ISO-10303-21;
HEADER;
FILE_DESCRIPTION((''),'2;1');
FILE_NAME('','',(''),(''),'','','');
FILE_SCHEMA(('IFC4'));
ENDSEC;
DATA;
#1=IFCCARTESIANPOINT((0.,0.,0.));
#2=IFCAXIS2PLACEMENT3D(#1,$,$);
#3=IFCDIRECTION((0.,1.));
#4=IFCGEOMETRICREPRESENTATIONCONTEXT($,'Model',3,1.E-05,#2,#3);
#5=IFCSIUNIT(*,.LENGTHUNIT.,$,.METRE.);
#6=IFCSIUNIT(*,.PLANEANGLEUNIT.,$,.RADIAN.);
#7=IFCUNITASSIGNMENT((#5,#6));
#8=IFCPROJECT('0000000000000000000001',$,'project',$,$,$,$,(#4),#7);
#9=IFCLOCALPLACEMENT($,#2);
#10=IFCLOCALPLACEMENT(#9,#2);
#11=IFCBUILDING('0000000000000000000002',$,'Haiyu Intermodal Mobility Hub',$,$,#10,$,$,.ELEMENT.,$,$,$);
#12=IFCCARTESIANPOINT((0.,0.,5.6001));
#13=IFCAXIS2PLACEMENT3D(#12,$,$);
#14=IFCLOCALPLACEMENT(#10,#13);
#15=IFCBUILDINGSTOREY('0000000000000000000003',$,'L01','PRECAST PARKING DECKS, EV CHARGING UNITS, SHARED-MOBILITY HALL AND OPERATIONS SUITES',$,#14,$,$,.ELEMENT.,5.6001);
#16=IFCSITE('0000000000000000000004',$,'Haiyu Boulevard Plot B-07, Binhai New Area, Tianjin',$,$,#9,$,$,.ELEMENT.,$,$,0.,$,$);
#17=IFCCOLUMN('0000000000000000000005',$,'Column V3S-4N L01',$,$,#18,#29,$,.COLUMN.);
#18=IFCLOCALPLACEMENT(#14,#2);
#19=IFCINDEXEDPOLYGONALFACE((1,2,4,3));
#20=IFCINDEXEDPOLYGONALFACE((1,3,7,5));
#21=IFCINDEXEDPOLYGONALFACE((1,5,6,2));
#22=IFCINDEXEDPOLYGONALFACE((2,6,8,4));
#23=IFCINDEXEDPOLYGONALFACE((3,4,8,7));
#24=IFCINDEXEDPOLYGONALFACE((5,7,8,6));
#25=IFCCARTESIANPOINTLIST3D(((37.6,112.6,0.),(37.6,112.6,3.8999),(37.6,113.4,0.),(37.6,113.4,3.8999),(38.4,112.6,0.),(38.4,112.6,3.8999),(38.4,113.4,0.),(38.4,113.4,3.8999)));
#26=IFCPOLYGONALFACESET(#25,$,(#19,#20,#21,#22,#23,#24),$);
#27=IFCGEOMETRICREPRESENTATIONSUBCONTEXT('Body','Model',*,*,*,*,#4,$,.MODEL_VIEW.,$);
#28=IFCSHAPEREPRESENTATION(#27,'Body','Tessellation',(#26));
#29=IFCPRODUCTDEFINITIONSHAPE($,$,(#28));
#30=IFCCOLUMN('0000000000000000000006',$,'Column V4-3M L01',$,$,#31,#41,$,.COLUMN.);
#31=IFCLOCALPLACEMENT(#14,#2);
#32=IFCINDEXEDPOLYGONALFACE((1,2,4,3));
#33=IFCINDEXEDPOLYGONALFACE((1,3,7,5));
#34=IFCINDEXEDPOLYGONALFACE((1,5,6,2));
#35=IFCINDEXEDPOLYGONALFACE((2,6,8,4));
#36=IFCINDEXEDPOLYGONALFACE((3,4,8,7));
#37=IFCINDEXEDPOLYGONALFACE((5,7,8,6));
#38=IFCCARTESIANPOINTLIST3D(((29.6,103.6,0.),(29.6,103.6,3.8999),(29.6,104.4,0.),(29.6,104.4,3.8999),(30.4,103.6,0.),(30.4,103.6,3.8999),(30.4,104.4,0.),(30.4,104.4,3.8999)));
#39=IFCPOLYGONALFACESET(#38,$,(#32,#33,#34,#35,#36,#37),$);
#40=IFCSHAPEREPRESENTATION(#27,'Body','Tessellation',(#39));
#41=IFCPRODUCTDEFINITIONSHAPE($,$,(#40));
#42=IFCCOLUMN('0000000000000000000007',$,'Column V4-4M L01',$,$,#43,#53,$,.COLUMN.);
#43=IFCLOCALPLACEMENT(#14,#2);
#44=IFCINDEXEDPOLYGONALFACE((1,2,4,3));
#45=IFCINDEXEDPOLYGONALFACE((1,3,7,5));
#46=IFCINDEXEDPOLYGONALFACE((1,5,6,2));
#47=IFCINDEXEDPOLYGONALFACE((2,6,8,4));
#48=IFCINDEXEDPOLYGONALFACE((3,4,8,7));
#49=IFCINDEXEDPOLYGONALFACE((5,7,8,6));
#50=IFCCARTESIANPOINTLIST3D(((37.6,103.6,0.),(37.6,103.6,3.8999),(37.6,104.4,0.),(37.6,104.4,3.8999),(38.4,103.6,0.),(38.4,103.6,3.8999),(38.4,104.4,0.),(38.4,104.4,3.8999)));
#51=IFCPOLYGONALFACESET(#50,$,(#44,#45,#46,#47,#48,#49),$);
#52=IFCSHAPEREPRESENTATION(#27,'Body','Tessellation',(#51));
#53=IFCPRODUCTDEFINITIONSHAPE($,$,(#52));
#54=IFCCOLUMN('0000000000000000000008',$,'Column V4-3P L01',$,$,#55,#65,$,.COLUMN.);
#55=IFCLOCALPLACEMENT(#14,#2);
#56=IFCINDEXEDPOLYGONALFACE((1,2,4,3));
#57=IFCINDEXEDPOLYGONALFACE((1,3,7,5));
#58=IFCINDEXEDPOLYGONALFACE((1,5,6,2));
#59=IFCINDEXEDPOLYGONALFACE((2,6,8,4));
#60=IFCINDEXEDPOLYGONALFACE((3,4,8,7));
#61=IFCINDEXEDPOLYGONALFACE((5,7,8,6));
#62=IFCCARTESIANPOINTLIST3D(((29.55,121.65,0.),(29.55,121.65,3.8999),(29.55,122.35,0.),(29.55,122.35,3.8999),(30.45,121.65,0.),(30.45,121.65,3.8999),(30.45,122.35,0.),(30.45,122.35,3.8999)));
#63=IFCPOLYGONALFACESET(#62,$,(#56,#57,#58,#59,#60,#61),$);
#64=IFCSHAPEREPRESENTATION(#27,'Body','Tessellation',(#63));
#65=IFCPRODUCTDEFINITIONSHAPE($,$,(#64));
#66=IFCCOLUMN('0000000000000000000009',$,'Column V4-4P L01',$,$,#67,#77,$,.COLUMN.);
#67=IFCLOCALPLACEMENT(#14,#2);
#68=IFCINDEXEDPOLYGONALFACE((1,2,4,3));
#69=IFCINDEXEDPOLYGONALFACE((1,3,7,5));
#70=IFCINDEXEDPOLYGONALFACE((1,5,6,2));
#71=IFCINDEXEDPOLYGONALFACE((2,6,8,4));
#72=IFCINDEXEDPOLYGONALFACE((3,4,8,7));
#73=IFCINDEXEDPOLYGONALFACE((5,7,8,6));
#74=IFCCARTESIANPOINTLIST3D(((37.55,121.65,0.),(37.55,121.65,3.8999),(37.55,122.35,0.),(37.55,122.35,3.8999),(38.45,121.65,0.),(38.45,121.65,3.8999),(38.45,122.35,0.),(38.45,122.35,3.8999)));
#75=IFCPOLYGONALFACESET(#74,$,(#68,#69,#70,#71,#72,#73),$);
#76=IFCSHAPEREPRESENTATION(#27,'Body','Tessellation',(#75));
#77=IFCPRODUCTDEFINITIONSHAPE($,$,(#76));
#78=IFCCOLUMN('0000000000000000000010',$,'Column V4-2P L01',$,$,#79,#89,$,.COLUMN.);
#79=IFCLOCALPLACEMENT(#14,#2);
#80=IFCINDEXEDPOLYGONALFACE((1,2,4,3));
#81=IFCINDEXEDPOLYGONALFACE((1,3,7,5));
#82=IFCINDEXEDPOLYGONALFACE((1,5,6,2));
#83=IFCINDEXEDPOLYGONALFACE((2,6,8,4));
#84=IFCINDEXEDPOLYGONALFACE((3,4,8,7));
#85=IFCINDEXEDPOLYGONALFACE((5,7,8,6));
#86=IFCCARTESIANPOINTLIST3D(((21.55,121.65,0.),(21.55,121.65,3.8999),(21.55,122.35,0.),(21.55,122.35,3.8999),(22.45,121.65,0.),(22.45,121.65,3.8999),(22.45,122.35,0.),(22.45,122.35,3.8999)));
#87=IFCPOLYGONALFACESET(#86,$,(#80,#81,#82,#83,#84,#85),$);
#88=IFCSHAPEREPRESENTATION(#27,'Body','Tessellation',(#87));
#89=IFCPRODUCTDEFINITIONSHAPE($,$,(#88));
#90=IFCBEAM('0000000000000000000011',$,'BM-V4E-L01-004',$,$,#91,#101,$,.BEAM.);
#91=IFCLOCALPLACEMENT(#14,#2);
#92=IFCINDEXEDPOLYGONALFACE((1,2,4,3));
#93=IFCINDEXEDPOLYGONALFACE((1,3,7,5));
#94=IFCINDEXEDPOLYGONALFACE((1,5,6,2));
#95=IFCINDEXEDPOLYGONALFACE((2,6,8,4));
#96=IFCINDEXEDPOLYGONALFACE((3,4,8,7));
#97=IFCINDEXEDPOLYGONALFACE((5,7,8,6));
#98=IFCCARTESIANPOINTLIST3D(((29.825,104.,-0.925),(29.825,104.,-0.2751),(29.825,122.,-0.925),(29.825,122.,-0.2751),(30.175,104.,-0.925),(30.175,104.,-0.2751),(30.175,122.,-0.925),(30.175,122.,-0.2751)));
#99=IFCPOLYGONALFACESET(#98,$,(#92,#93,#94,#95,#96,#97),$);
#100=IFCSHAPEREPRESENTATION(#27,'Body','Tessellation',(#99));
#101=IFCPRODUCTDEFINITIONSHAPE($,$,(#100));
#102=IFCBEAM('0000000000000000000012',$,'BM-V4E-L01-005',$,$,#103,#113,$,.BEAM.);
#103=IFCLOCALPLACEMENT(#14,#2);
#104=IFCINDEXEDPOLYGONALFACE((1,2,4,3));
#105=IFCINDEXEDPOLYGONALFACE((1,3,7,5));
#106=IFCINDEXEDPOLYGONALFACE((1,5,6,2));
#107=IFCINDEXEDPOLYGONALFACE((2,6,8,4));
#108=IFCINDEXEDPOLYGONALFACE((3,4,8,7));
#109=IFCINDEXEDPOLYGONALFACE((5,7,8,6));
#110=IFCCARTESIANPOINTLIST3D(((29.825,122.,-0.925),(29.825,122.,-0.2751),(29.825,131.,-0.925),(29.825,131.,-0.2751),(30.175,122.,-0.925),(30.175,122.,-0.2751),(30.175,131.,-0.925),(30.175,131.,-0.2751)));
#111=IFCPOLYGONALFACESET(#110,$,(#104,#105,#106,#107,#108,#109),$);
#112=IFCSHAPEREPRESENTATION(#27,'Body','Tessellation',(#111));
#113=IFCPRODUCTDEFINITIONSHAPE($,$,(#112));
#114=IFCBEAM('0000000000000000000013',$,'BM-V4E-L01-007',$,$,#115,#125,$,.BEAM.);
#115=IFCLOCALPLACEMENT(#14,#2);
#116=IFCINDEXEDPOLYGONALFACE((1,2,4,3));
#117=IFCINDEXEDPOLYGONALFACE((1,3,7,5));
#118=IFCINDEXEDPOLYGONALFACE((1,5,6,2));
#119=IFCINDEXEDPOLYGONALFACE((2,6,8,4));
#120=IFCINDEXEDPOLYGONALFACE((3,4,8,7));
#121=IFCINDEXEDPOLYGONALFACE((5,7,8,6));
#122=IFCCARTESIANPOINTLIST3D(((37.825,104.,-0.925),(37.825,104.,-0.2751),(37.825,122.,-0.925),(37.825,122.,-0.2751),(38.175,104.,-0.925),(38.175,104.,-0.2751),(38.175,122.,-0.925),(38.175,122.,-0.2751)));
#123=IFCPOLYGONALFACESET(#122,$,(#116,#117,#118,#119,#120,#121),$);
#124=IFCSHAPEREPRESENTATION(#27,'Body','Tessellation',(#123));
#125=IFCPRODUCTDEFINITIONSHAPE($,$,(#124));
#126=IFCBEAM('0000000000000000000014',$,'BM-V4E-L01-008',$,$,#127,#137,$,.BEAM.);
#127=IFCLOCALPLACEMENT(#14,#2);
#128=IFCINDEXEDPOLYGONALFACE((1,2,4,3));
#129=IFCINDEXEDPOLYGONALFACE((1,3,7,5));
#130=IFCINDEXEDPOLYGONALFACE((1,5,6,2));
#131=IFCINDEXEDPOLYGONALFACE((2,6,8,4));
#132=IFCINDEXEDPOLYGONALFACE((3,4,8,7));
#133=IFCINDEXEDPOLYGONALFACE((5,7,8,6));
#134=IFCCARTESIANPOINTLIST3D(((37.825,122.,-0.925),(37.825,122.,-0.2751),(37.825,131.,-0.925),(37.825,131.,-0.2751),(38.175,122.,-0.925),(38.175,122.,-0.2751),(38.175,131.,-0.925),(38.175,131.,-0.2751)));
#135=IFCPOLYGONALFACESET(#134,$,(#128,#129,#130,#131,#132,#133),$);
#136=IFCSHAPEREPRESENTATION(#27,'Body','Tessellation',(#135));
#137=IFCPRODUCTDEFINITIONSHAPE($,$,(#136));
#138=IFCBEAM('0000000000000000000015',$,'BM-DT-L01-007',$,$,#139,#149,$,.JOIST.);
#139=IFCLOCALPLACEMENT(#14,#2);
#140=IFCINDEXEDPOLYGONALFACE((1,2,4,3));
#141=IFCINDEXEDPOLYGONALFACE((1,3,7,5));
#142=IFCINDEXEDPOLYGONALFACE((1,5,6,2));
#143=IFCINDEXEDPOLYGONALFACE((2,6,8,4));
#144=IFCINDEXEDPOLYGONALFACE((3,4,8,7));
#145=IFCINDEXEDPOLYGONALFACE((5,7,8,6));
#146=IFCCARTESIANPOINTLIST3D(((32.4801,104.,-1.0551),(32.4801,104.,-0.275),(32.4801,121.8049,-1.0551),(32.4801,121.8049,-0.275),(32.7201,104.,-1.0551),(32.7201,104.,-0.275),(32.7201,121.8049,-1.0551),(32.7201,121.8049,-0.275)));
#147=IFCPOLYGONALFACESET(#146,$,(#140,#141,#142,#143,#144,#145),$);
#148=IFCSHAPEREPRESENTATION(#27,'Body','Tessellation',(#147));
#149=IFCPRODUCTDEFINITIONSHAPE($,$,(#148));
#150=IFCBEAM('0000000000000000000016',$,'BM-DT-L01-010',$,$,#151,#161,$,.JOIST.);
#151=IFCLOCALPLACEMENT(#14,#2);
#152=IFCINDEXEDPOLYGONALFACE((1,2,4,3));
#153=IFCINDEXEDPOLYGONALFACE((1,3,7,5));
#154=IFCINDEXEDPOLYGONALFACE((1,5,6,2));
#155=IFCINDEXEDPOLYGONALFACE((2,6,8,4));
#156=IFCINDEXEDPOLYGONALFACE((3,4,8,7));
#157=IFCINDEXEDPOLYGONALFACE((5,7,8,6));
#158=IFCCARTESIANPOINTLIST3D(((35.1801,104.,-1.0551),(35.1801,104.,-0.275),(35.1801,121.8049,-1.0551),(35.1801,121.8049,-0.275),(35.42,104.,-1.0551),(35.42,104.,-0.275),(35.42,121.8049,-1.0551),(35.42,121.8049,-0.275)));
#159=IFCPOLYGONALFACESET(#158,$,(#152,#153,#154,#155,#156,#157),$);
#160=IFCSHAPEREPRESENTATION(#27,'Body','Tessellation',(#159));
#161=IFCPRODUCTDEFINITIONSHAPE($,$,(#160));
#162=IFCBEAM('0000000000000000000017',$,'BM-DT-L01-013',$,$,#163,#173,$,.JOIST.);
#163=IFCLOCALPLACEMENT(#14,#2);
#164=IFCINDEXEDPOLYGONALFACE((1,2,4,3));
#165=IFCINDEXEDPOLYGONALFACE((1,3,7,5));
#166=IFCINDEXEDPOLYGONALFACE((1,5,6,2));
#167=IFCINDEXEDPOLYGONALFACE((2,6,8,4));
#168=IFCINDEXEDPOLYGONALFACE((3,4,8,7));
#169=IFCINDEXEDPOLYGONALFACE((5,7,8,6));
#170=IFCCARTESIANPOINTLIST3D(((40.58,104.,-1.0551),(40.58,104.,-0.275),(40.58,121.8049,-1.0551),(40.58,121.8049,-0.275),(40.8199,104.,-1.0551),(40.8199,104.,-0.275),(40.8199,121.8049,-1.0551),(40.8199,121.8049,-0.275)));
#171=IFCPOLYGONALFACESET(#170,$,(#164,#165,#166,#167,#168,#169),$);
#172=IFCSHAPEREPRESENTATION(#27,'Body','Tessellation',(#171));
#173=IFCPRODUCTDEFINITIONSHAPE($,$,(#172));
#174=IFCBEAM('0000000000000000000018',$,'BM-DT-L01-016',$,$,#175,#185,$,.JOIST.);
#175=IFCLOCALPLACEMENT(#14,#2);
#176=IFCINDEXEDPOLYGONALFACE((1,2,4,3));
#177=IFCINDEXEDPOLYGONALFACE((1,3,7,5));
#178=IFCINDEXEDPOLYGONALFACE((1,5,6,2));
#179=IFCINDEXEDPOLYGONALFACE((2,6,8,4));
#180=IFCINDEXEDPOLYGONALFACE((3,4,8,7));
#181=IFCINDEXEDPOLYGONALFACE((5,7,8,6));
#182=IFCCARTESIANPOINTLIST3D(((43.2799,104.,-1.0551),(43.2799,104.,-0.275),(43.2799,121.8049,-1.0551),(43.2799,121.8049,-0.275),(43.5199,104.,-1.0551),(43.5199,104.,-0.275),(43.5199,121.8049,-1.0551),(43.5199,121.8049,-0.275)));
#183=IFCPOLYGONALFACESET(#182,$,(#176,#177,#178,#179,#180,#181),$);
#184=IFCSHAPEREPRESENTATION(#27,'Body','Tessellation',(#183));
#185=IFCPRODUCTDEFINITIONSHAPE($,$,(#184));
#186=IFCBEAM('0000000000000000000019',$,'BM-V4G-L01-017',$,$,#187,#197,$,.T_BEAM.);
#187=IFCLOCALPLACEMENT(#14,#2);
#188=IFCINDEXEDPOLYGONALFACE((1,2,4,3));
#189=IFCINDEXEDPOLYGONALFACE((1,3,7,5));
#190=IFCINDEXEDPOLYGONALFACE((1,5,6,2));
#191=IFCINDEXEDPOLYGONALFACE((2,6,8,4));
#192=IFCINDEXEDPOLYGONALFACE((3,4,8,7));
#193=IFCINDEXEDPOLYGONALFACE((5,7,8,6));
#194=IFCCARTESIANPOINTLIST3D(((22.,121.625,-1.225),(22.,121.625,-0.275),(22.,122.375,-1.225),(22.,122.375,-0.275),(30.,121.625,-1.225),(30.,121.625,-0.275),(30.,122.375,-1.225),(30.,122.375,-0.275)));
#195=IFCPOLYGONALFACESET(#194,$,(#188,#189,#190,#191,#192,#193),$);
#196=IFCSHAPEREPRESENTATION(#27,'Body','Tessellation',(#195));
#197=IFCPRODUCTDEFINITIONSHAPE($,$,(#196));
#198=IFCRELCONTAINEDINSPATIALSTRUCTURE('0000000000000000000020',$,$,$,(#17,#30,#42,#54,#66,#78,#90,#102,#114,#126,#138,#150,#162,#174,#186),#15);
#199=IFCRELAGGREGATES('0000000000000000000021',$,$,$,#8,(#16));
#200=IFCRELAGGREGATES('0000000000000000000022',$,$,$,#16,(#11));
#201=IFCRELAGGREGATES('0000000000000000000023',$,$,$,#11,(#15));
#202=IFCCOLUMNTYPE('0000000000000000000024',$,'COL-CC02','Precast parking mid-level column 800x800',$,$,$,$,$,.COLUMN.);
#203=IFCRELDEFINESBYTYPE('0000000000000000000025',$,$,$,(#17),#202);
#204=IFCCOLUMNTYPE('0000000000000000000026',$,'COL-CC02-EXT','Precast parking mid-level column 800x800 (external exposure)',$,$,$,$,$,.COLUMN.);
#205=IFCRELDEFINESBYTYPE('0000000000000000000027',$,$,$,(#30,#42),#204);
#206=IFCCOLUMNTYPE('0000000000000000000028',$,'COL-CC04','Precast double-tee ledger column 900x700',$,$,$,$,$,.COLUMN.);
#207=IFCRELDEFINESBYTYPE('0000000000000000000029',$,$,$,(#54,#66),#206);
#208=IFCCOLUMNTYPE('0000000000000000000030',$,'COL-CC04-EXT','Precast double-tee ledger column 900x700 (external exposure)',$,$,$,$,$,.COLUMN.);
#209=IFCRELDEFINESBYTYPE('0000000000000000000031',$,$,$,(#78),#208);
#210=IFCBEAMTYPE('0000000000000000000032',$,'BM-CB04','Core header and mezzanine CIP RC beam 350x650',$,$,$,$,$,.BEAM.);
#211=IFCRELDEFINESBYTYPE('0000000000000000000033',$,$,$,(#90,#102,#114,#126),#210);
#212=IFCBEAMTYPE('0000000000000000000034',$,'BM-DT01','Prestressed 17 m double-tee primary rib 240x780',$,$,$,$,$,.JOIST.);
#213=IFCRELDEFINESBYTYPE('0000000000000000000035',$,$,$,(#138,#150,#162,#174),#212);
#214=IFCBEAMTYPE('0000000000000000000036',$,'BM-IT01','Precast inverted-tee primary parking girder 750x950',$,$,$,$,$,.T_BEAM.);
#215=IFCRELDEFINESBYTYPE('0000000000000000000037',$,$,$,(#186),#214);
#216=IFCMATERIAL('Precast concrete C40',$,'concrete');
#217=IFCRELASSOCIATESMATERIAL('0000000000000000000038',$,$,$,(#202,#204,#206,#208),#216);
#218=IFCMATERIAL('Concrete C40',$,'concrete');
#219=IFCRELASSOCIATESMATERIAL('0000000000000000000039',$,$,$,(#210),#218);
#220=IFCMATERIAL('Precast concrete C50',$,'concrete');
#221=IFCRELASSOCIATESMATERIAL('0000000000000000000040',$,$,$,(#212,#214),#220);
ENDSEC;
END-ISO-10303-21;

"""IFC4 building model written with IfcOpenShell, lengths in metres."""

from ifc_helpers import new_model, si_unit, direction, frame, origin, origin_2d, place, context, subcontext, project, spatial, rectangle, extrude, material, material_profile, profile_set, type_object, element, save


model = new_model("IFC4")

# Units and contexts
model_context = context("Model", 3, precision=1e-05, world=origin(), true_north=direction((0.0, 1.0)))
body_context = subcontext(model_context, "Body", "Model", "MODEL_VIEW")
ifc_project = project(units=[si_unit("LENGTHUNIT", "METRE"), si_unit("PLANEANGLEUNIT", "RADIAN")], contexts=[model_context])

# Site, building, storey
site_placement = place(None, origin())
site = spatial("IfcSite", under=ifc_project, at=site_placement, Name="Haiyu Boulevard Plot B-07, Binhai New Area, Tianjin", CompositionType="ELEMENT", RefElevation=0.0)
building_placement = place(site_placement, origin())
building = spatial("IfcBuilding", under=site, at=building_placement, Name="Haiyu Intermodal Mobility Hub", CompositionType="ELEMENT")
storey_placement = place(building_placement, frame((0.0, 0.0, 5.6001)))
storey = spatial("IfcBuildingStorey", under=building, at=storey_placement, Name="L01", Description="PRECAST PARKING DECKS, EV CHARGING UNITS, SHARED-MOBILITY HALL AND OPERATIONS SUITES", CompositionType="ELEMENT", Elevation=5.6001)

# Columns
ifc_material_1 = material(Name="Precast concrete C40", Category="concrete")
ifc_material_profile_1 = material_profile(ifc_material_1, rectangle(XDim=0.8, YDim=0.8, at=origin_2d()), Name="RC800x800")
ifc_profile_set_1 = profile_set([ifc_material_profile_1], Name="Precast concrete C40")
column_type_1 = type_object("IfcColumnType", Name="COL-CC02", Description="Precast parking mid-level column 800x800", PredefinedType="COLUMN", material=ifc_profile_set_1)
column_1_placement = place(storey_placement, frame((38.0, 113.0, 0.0), z_axis=(0.0, 0.0, 1.0), x_axis=(1.0, 0.0, 0.0)))
element("IfcColumn", 1, at=column_1_placement, inside=storey, type_object=column_type_1, Name="Column V3S-4N L01", PredefinedType="COLUMN", context=body_context, shape_type="SweptSolid", body=[
    extrude(rectangle(XDim=0.8, YDim=0.8, at=origin_2d()), origin(), (0.0, 0.0, 1.0), 3.8999),
])
ifc_material_profile_2 = material_profile(ifc_material_1, rectangle(XDim=0.8, YDim=0.8, at=origin_2d()), Name="RC800x800")
ifc_profile_set_2 = profile_set([ifc_material_profile_2], Name="Precast concrete C40")
column_type_2 = type_object("IfcColumnType", Name="COL-CC02-EXT", Description="Precast parking mid-level column 800x800 (external exposure)", PredefinedType="COLUMN", material=ifc_profile_set_2)
for number, where, z_axis, x_axis, name in (
    (2, (30.0, 104.0, 0.0), (0.0, 0.0, 1.0), (1.0, 0.0, 0.0), "Column V4-3M L01"),
    (3, (38.0, 104.0, 0.0), (0.0, 0.0, 1.0), (1.0, 0.0, 0.0), "Column V4-4M L01"),
):
    element("IfcColumn", number, at=place(storey_placement, frame(where, z_axis=z_axis, x_axis=x_axis)), inside=storey, type_object=column_type_2, Name=name, PredefinedType="COLUMN", context=body_context, shape_type="SweptSolid", body=[
        extrude(rectangle(XDim=0.8, YDim=0.8, at=origin_2d()), origin(), (0.0, 0.0, 1.0), 3.8999),
    ])
ifc_material_profile_3 = material_profile(ifc_material_1, rectangle(XDim=0.8999, YDim=0.7, at=origin_2d()), Name="RC900x700")
ifc_profile_set_3 = profile_set([ifc_material_profile_3], Name="Precast concrete C40")
column_type_3 = type_object("IfcColumnType", Name="COL-CC04", Description="Precast double-tee ledger column 900x700", PredefinedType="COLUMN", material=ifc_profile_set_3)
for number, where, z_axis, x_axis, name in (
    (4, (30.0, 122.0, 0.0), (0.0, 0.0, 1.0), (1.0, 0.0, 0.0), "Column V4-3P L01"),
    (5, (38.0, 122.0, 0.0), (0.0, 0.0, 1.0), (1.0, 0.0, 0.0), "Column V4-4P L01"),
):
    element("IfcColumn", number, at=place(storey_placement, frame(where, z_axis=z_axis, x_axis=x_axis)), inside=storey, type_object=column_type_3, Name=name, PredefinedType="COLUMN", context=body_context, shape_type="SweptSolid", body=[
        extrude(rectangle(XDim=0.8999, YDim=0.7, at=origin_2d()), origin(), (0.0, 0.0, 1.0), 3.8999),
    ])
ifc_material_profile_4 = material_profile(ifc_material_1, rectangle(XDim=0.8999, YDim=0.7, at=origin_2d()), Name="RC900x700")
ifc_profile_set_4 = profile_set([ifc_material_profile_4], Name="Precast concrete C40")
column_type_4 = type_object("IfcColumnType", Name="COL-CC04-EXT", Description="Precast double-tee ledger column 900x700 (external exposure)", PredefinedType="COLUMN", material=ifc_profile_set_4)
column_2_placement = place(storey_placement, frame((22.0, 122.0, 0.0), z_axis=(0.0, 0.0, 1.0), x_axis=(1.0, 0.0, 0.0)))
element("IfcColumn", 6, at=column_2_placement, inside=storey, type_object=column_type_4, Name="Column V4-2P L01", PredefinedType="COLUMN", context=body_context, shape_type="SweptSolid", body=[
    extrude(rectangle(XDim=0.8999, YDim=0.7, at=origin_2d()), origin(), (0.0, 0.0, 1.0), 3.8999),
])

# Beams
ifc_material_2 = material(Name="Concrete C40", Category="concrete")
ifc_material_profile_5 = material_profile(ifc_material_2, rectangle(XDim=0.3501, YDim=0.6499, at=origin_2d()), Name="RCB350x650")
ifc_profile_set_5 = profile_set([ifc_material_profile_5], Name="Concrete C40")
beam_type_1 = type_object("IfcBeamType", Name="BM-CB04", Description="Core header and mezzanine CIP RC beam 350x650", PredefinedType="BEAM", material=ifc_profile_set_5)
beam_1_placement = place(storey_placement, frame((30.0, 104.0, -0.6001), z_axis=(0.0, 1.0, 0.0), x_axis=(-1.0, 0.0, 0.0)))
element("IfcBeam", 7, at=beam_1_placement, inside=storey, type_object=beam_type_1, Name="BM-V4E-L01-004", PredefinedType="BEAM", context=body_context, shape_type="SweptSolid", body=[
    extrude(rectangle(XDim=0.3501, YDim=0.6499, at=origin_2d()), origin(), (0.0, 0.0, 1.0), 18.0),
])
beam_2_placement = place(storey_placement, frame((30.0, 122.0, -0.6001), z_axis=(0.0, 1.0, 0.0), x_axis=(-1.0, 0.0, 0.0)))
element("IfcBeam", 8, at=beam_2_placement, inside=storey, type_object=beam_type_1, Name="BM-V4E-L01-005", PredefinedType="BEAM", context=body_context, shape_type="SweptSolid", body=[
    extrude(rectangle(XDim=0.3501, YDim=0.6499, at=origin_2d()), origin(), (0.0, 0.0, 1.0), 9.0),
])
beam_3_placement = place(storey_placement, frame((38.0, 104.0, -0.6001), z_axis=(0.0, 1.0, 0.0), x_axis=(-1.0, 0.0, 0.0)))
element("IfcBeam", 9, at=beam_3_placement, inside=storey, type_object=beam_type_1, Name="BM-V4E-L01-007", PredefinedType="BEAM", context=body_context, shape_type="SweptSolid", body=[
    extrude(rectangle(XDim=0.3501, YDim=0.6499, at=origin_2d()), origin(), (0.0, 0.0, 1.0), 18.0),
])
beam_4_placement = place(storey_placement, frame((38.0, 122.0, -0.6001), z_axis=(0.0, 1.0, 0.0), x_axis=(-1.0, 0.0, 0.0)))
element("IfcBeam", 10, at=beam_4_placement, inside=storey, type_object=beam_type_1, Name="BM-V4E-L01-008", PredefinedType="BEAM", context=body_context, shape_type="SweptSolid", body=[
    extrude(rectangle(XDim=0.3501, YDim=0.6499, at=origin_2d()), origin(), (0.0, 0.0, 1.0), 9.0),
])
ifc_material_3 = material(Name="Precast concrete C50", Category="concrete")
ifc_material_profile_6 = material_profile(ifc_material_3, rectangle(XDim=0.24, YDim=0.78, at=origin_2d()), Name="PC240x780")
ifc_profile_set_6 = profile_set([ifc_material_profile_6], Name="Precast concrete C50")
beam_type_2 = type_object("IfcBeamType", Name="BM-DT01", Description="Prestressed 17 m double-tee primary rib 240x780", PredefinedType="JOIST", material=ifc_profile_set_6)
for number, where, z_axis, x_axis, name in (
    (11, (32.6001, 104.0, -0.665), (0.0, 1.0, 0.0), (-1.0, 0.0, 0.0), "BM-DT-L01-007"),
    (12, (35.3, 104.0, -0.665), (0.0, 1.0, 0.0), (-1.0, 0.0, 0.0), "BM-DT-L01-010"),
    (13, (40.7, 104.0, -0.665), (0.0, 1.0, 0.0), (-1.0, 0.0, 0.0), "BM-DT-L01-013"),
    (14, (43.3999, 104.0, -0.665), (0.0, 1.0, 0.0), (-1.0, 0.0, 0.0), "BM-DT-L01-016"),
):
    element("IfcBeam", number, at=place(storey_placement, frame(where, z_axis=z_axis, x_axis=x_axis)), inside=storey, type_object=beam_type_2, Name=name, PredefinedType="JOIST", context=body_context, shape_type="SweptSolid", body=[
        extrude(rectangle(XDim=0.24, YDim=0.78, at=origin_2d()), origin(), (0.0, 0.0, 1.0), 17.8049),
    ])
ifc_material_profile_7 = material_profile(ifc_material_3, rectangle(XDim=0.75, YDim=0.95, at=origin_2d()), Name="PC750x950")
ifc_profile_set_7 = profile_set([ifc_material_profile_7], Name="Precast concrete C50")
beam_type_3 = type_object("IfcBeamType", Name="BM-IT01", Description="Precast inverted-tee primary parking girder 750x950", PredefinedType="T_BEAM", material=ifc_profile_set_7)
for number, where, z_axis, x_axis, name in (
    (15, (22.0, 122.0, -0.75), (1.0, 0.0, 0.0), (0.0, 1.0, 0.0), "BM-V4G-L01-017"),
):
    element("IfcBeam", number, at=place(storey_placement, frame(where, z_axis=z_axis, x_axis=x_axis)), inside=storey, type_object=beam_type_3, Name=name, PredefinedType="T_BEAM", context=body_context, shape_type="SweptSolid", body=[
        extrude(rectangle(XDim=0.75, YDim=0.95, at=origin_2d()), origin(), (0.0, 0.0, 1.0), 8.0),
    ])

save(model, "model.ifc")
